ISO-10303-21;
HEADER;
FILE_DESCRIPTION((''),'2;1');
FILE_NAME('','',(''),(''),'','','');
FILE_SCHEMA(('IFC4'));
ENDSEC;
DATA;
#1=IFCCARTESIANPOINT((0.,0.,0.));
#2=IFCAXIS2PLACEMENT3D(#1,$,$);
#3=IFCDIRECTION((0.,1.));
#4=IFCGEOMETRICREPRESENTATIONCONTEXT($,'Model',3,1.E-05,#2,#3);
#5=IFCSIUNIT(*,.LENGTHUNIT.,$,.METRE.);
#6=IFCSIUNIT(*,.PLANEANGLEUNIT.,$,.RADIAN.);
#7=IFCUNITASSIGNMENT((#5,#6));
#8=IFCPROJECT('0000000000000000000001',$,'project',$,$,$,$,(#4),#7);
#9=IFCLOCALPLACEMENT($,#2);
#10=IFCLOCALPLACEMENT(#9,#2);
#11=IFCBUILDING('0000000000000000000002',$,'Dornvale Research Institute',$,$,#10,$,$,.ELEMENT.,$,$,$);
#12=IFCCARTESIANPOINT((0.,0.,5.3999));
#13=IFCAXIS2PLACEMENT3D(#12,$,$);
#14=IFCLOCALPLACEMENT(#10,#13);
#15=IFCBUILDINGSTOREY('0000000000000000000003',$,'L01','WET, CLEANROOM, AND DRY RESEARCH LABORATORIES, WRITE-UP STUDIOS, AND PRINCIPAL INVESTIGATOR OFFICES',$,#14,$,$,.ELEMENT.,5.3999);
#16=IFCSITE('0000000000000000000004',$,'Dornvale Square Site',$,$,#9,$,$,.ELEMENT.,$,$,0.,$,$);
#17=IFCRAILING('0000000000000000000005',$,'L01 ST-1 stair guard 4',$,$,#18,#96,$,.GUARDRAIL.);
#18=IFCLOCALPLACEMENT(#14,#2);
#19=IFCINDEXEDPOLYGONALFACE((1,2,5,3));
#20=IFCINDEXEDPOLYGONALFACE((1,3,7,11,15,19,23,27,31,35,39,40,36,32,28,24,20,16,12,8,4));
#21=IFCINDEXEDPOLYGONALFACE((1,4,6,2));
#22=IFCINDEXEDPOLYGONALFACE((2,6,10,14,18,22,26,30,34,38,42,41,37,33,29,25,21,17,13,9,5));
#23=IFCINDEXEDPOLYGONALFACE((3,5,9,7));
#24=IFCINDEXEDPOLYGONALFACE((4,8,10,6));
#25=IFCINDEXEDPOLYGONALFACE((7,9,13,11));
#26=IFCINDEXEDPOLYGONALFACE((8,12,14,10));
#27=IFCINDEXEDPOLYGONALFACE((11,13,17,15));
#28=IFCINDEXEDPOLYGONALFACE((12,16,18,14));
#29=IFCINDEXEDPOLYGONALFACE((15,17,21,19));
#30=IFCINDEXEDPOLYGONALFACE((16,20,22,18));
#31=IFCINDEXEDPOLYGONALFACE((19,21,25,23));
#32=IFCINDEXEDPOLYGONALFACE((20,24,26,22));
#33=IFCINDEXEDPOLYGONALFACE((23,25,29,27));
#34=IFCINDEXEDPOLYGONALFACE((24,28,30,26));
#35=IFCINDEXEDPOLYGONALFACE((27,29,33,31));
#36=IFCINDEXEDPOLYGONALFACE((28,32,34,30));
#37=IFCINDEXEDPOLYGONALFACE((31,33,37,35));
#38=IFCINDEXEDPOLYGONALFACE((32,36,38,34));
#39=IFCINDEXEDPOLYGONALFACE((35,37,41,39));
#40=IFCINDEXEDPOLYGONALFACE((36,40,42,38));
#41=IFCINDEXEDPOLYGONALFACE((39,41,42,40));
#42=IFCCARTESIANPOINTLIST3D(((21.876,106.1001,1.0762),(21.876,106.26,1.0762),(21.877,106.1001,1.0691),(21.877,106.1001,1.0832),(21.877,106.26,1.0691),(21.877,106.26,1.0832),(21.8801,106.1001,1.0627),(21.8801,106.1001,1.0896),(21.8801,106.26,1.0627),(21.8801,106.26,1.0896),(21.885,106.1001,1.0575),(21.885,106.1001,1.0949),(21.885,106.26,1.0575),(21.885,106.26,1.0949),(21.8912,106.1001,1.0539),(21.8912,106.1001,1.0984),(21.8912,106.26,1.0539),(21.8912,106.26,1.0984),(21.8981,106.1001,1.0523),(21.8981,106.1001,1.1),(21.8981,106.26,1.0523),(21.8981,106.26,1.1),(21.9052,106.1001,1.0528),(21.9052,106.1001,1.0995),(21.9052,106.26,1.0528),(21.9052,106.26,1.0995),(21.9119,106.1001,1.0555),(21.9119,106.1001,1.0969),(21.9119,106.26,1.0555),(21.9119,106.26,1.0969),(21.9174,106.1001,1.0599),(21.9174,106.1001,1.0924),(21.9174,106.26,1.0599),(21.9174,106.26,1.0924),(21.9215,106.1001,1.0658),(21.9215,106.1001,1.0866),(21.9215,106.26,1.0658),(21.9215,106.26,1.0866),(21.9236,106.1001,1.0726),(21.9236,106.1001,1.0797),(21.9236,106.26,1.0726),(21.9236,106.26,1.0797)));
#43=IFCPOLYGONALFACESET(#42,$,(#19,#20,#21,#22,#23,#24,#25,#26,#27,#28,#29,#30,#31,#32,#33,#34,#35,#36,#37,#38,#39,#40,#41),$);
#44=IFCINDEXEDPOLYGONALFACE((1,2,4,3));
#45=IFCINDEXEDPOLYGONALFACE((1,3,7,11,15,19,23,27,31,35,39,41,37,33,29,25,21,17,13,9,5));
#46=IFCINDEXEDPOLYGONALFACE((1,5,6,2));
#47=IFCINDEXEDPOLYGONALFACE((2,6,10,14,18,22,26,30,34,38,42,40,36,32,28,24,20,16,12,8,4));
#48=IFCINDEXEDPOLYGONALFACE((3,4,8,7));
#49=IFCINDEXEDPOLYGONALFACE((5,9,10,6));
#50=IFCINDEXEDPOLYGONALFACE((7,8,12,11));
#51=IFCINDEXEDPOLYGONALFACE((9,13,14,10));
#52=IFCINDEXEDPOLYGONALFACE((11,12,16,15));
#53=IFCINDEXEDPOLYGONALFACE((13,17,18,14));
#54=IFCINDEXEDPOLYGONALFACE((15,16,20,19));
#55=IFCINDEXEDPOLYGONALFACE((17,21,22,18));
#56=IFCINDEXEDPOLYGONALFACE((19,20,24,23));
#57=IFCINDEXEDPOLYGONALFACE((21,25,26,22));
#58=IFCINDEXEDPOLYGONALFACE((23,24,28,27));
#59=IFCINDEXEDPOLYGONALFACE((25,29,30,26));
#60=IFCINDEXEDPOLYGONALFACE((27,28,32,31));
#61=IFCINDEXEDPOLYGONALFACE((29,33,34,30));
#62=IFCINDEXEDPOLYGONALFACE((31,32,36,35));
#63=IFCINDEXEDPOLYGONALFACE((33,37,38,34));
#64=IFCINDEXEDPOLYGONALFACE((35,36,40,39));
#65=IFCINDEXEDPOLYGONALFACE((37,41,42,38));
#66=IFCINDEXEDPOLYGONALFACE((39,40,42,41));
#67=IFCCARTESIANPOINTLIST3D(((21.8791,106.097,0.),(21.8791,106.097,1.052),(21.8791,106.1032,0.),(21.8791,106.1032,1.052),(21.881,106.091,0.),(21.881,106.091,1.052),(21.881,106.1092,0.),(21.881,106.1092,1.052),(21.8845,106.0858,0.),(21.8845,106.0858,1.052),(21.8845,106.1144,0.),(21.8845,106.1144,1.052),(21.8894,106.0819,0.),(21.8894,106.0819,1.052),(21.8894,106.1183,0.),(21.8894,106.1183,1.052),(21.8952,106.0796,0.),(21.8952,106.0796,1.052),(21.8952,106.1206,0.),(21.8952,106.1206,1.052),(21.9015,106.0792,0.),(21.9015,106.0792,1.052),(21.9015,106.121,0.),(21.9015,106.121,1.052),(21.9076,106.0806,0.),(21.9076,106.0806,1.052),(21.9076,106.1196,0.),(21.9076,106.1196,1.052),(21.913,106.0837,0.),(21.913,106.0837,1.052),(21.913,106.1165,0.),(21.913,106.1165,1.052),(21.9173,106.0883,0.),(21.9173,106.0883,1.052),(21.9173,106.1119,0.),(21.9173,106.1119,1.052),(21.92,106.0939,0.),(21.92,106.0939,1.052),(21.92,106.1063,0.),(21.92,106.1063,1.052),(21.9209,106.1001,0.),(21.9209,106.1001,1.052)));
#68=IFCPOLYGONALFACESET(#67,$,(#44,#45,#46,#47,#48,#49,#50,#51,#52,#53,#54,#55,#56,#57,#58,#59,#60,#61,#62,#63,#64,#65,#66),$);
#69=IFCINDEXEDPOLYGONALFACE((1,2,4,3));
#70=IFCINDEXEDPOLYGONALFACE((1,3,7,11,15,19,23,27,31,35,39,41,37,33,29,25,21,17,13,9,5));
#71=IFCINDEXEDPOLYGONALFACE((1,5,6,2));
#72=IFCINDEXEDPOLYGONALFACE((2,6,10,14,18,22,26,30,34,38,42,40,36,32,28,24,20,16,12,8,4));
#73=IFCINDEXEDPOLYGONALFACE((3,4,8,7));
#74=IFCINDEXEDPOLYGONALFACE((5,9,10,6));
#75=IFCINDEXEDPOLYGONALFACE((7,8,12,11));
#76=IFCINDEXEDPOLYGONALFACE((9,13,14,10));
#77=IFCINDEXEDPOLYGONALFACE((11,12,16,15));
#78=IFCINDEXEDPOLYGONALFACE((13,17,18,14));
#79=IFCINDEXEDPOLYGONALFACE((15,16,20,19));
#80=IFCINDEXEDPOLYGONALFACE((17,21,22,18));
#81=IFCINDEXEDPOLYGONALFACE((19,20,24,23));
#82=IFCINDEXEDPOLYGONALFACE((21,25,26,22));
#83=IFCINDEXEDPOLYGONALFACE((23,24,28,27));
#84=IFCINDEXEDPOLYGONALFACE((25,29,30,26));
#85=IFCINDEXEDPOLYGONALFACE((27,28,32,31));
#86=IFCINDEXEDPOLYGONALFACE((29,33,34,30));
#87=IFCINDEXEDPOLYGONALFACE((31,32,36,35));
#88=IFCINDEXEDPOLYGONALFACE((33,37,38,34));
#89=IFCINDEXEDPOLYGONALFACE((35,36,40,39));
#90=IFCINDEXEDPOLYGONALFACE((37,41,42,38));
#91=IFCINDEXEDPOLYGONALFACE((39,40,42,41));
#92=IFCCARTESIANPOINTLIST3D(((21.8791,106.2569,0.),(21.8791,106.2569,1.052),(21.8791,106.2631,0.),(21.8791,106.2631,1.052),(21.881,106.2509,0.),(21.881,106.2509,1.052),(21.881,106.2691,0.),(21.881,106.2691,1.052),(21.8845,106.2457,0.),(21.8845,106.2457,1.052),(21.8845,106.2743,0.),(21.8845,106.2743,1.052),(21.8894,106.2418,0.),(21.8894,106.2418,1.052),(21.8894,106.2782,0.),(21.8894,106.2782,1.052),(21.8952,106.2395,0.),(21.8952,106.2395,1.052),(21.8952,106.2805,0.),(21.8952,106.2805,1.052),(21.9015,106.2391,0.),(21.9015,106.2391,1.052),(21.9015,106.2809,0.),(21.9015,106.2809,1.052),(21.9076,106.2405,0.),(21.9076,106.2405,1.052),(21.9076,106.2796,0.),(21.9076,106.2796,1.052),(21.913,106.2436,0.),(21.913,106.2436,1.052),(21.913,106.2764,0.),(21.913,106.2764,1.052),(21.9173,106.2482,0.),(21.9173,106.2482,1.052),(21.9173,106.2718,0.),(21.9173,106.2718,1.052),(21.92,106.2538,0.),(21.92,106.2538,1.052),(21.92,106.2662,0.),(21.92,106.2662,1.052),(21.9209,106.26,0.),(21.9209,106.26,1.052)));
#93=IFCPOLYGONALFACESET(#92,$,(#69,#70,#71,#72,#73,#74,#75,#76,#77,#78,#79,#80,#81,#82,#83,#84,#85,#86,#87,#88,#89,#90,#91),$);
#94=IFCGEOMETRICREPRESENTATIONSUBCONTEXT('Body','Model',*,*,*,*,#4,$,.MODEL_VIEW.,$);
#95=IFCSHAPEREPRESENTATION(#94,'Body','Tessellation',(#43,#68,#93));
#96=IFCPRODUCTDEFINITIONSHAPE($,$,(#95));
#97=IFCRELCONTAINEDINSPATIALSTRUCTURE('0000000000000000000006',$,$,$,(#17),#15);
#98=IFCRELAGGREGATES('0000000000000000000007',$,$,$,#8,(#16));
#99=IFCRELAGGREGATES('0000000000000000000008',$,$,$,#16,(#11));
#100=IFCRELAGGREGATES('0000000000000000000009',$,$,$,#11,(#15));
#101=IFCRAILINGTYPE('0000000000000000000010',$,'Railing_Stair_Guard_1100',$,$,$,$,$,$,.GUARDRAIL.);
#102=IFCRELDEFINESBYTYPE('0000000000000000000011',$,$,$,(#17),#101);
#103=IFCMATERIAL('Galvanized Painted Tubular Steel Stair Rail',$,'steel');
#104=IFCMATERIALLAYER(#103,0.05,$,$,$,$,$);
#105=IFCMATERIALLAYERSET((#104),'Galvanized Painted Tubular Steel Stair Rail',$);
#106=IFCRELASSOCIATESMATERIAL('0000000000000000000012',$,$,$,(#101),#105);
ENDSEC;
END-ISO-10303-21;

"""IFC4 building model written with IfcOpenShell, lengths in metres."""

from ifc_helpers import new_model, si_unit, direction, frame, origin, origin_2d, place, context, subcontext, project, spatial, circle, extrude, material, layer, layer_set, type_object, element, save


model = new_model("IFC4")

# Units and contexts
model_context = context("Model", 3, precision=1e-05, world=origin(), true_north=direction((0.0, 1.0)))
body_context = subcontext(model_context, "Body", "Model", "MODEL_VIEW")
ifc_project = project(units=[si_unit("LENGTHUNIT", "METRE"), si_unit("PLANEANGLEUNIT", "RADIAN")], contexts=[model_context])

# Site, building, storey
site_placement = place(None, origin())
site = spatial("IfcSite", under=ifc_project, at=site_placement, Name="Dornvale Square Site", CompositionType="ELEMENT", RefElevation=0.0)
building_placement = place(site_placement, origin())
building = spatial("IfcBuilding", under=site, at=building_placement, Name="Dornvale Research Institute", CompositionType="ELEMENT")
storey_placement = place(building_placement, frame((0.0, 0.0, 5.3999)))
storey = spatial("IfcBuildingStorey", under=building, at=storey_placement, Name="L01", Description="WET, CLEANROOM, AND DRY RESEARCH LABORATORIES, WRITE-UP STUDIOS, AND PRINCIPAL INVESTIGATOR OFFICES", CompositionType="ELEMENT", Elevation=5.3999)

# Railing
ifc_material_1 = material(Name="Galvanized Painted Tubular Steel Stair Rail", Category="steel")
ifc_layer_1 = layer(ifc_material_1, 0.05)
ifc_layer_set_1 = layer_set([ifc_layer_1], Name="Galvanized Painted Tubular Steel Stair Rail")
railing_type_1 = type_object("IfcRailingType", Name="Railing_Stair_Guard_1100", PredefinedType="GUARDRAIL", material=ifc_layer_set_1)
railing_1_placement = place(storey_placement, frame((21.8999, 106.1001, 0.0)))
element("IfcRailing", 1, at=railing_1_placement, inside=storey, type_object=railing_type_1, Name="L01 ST-1 stair guard 4", PredefinedType="GUARDRAIL", context=body_context, shape_type="SweptSolid", body=[
    extrude(circle(Radius=0.0239, at=origin_2d()), frame((0.0, 0.0, 1.0762), z_axis=(0.0, 1.0, 0.0), x_axis=(-1.0, 0.0, 0.0)), (0.0, 0.0, 1.0), 0.1599),
    extrude(circle(Radius=0.021, at=origin_2d()), origin(), (0.0, 0.0, 1.0), 1.052),
    extrude(circle(Radius=0.021, at=origin_2d()), frame((0.0, 0.1599, 0.0)), (0.0, 0.0, 1.0), 1.052),
])

save(model, "model.ifc")
